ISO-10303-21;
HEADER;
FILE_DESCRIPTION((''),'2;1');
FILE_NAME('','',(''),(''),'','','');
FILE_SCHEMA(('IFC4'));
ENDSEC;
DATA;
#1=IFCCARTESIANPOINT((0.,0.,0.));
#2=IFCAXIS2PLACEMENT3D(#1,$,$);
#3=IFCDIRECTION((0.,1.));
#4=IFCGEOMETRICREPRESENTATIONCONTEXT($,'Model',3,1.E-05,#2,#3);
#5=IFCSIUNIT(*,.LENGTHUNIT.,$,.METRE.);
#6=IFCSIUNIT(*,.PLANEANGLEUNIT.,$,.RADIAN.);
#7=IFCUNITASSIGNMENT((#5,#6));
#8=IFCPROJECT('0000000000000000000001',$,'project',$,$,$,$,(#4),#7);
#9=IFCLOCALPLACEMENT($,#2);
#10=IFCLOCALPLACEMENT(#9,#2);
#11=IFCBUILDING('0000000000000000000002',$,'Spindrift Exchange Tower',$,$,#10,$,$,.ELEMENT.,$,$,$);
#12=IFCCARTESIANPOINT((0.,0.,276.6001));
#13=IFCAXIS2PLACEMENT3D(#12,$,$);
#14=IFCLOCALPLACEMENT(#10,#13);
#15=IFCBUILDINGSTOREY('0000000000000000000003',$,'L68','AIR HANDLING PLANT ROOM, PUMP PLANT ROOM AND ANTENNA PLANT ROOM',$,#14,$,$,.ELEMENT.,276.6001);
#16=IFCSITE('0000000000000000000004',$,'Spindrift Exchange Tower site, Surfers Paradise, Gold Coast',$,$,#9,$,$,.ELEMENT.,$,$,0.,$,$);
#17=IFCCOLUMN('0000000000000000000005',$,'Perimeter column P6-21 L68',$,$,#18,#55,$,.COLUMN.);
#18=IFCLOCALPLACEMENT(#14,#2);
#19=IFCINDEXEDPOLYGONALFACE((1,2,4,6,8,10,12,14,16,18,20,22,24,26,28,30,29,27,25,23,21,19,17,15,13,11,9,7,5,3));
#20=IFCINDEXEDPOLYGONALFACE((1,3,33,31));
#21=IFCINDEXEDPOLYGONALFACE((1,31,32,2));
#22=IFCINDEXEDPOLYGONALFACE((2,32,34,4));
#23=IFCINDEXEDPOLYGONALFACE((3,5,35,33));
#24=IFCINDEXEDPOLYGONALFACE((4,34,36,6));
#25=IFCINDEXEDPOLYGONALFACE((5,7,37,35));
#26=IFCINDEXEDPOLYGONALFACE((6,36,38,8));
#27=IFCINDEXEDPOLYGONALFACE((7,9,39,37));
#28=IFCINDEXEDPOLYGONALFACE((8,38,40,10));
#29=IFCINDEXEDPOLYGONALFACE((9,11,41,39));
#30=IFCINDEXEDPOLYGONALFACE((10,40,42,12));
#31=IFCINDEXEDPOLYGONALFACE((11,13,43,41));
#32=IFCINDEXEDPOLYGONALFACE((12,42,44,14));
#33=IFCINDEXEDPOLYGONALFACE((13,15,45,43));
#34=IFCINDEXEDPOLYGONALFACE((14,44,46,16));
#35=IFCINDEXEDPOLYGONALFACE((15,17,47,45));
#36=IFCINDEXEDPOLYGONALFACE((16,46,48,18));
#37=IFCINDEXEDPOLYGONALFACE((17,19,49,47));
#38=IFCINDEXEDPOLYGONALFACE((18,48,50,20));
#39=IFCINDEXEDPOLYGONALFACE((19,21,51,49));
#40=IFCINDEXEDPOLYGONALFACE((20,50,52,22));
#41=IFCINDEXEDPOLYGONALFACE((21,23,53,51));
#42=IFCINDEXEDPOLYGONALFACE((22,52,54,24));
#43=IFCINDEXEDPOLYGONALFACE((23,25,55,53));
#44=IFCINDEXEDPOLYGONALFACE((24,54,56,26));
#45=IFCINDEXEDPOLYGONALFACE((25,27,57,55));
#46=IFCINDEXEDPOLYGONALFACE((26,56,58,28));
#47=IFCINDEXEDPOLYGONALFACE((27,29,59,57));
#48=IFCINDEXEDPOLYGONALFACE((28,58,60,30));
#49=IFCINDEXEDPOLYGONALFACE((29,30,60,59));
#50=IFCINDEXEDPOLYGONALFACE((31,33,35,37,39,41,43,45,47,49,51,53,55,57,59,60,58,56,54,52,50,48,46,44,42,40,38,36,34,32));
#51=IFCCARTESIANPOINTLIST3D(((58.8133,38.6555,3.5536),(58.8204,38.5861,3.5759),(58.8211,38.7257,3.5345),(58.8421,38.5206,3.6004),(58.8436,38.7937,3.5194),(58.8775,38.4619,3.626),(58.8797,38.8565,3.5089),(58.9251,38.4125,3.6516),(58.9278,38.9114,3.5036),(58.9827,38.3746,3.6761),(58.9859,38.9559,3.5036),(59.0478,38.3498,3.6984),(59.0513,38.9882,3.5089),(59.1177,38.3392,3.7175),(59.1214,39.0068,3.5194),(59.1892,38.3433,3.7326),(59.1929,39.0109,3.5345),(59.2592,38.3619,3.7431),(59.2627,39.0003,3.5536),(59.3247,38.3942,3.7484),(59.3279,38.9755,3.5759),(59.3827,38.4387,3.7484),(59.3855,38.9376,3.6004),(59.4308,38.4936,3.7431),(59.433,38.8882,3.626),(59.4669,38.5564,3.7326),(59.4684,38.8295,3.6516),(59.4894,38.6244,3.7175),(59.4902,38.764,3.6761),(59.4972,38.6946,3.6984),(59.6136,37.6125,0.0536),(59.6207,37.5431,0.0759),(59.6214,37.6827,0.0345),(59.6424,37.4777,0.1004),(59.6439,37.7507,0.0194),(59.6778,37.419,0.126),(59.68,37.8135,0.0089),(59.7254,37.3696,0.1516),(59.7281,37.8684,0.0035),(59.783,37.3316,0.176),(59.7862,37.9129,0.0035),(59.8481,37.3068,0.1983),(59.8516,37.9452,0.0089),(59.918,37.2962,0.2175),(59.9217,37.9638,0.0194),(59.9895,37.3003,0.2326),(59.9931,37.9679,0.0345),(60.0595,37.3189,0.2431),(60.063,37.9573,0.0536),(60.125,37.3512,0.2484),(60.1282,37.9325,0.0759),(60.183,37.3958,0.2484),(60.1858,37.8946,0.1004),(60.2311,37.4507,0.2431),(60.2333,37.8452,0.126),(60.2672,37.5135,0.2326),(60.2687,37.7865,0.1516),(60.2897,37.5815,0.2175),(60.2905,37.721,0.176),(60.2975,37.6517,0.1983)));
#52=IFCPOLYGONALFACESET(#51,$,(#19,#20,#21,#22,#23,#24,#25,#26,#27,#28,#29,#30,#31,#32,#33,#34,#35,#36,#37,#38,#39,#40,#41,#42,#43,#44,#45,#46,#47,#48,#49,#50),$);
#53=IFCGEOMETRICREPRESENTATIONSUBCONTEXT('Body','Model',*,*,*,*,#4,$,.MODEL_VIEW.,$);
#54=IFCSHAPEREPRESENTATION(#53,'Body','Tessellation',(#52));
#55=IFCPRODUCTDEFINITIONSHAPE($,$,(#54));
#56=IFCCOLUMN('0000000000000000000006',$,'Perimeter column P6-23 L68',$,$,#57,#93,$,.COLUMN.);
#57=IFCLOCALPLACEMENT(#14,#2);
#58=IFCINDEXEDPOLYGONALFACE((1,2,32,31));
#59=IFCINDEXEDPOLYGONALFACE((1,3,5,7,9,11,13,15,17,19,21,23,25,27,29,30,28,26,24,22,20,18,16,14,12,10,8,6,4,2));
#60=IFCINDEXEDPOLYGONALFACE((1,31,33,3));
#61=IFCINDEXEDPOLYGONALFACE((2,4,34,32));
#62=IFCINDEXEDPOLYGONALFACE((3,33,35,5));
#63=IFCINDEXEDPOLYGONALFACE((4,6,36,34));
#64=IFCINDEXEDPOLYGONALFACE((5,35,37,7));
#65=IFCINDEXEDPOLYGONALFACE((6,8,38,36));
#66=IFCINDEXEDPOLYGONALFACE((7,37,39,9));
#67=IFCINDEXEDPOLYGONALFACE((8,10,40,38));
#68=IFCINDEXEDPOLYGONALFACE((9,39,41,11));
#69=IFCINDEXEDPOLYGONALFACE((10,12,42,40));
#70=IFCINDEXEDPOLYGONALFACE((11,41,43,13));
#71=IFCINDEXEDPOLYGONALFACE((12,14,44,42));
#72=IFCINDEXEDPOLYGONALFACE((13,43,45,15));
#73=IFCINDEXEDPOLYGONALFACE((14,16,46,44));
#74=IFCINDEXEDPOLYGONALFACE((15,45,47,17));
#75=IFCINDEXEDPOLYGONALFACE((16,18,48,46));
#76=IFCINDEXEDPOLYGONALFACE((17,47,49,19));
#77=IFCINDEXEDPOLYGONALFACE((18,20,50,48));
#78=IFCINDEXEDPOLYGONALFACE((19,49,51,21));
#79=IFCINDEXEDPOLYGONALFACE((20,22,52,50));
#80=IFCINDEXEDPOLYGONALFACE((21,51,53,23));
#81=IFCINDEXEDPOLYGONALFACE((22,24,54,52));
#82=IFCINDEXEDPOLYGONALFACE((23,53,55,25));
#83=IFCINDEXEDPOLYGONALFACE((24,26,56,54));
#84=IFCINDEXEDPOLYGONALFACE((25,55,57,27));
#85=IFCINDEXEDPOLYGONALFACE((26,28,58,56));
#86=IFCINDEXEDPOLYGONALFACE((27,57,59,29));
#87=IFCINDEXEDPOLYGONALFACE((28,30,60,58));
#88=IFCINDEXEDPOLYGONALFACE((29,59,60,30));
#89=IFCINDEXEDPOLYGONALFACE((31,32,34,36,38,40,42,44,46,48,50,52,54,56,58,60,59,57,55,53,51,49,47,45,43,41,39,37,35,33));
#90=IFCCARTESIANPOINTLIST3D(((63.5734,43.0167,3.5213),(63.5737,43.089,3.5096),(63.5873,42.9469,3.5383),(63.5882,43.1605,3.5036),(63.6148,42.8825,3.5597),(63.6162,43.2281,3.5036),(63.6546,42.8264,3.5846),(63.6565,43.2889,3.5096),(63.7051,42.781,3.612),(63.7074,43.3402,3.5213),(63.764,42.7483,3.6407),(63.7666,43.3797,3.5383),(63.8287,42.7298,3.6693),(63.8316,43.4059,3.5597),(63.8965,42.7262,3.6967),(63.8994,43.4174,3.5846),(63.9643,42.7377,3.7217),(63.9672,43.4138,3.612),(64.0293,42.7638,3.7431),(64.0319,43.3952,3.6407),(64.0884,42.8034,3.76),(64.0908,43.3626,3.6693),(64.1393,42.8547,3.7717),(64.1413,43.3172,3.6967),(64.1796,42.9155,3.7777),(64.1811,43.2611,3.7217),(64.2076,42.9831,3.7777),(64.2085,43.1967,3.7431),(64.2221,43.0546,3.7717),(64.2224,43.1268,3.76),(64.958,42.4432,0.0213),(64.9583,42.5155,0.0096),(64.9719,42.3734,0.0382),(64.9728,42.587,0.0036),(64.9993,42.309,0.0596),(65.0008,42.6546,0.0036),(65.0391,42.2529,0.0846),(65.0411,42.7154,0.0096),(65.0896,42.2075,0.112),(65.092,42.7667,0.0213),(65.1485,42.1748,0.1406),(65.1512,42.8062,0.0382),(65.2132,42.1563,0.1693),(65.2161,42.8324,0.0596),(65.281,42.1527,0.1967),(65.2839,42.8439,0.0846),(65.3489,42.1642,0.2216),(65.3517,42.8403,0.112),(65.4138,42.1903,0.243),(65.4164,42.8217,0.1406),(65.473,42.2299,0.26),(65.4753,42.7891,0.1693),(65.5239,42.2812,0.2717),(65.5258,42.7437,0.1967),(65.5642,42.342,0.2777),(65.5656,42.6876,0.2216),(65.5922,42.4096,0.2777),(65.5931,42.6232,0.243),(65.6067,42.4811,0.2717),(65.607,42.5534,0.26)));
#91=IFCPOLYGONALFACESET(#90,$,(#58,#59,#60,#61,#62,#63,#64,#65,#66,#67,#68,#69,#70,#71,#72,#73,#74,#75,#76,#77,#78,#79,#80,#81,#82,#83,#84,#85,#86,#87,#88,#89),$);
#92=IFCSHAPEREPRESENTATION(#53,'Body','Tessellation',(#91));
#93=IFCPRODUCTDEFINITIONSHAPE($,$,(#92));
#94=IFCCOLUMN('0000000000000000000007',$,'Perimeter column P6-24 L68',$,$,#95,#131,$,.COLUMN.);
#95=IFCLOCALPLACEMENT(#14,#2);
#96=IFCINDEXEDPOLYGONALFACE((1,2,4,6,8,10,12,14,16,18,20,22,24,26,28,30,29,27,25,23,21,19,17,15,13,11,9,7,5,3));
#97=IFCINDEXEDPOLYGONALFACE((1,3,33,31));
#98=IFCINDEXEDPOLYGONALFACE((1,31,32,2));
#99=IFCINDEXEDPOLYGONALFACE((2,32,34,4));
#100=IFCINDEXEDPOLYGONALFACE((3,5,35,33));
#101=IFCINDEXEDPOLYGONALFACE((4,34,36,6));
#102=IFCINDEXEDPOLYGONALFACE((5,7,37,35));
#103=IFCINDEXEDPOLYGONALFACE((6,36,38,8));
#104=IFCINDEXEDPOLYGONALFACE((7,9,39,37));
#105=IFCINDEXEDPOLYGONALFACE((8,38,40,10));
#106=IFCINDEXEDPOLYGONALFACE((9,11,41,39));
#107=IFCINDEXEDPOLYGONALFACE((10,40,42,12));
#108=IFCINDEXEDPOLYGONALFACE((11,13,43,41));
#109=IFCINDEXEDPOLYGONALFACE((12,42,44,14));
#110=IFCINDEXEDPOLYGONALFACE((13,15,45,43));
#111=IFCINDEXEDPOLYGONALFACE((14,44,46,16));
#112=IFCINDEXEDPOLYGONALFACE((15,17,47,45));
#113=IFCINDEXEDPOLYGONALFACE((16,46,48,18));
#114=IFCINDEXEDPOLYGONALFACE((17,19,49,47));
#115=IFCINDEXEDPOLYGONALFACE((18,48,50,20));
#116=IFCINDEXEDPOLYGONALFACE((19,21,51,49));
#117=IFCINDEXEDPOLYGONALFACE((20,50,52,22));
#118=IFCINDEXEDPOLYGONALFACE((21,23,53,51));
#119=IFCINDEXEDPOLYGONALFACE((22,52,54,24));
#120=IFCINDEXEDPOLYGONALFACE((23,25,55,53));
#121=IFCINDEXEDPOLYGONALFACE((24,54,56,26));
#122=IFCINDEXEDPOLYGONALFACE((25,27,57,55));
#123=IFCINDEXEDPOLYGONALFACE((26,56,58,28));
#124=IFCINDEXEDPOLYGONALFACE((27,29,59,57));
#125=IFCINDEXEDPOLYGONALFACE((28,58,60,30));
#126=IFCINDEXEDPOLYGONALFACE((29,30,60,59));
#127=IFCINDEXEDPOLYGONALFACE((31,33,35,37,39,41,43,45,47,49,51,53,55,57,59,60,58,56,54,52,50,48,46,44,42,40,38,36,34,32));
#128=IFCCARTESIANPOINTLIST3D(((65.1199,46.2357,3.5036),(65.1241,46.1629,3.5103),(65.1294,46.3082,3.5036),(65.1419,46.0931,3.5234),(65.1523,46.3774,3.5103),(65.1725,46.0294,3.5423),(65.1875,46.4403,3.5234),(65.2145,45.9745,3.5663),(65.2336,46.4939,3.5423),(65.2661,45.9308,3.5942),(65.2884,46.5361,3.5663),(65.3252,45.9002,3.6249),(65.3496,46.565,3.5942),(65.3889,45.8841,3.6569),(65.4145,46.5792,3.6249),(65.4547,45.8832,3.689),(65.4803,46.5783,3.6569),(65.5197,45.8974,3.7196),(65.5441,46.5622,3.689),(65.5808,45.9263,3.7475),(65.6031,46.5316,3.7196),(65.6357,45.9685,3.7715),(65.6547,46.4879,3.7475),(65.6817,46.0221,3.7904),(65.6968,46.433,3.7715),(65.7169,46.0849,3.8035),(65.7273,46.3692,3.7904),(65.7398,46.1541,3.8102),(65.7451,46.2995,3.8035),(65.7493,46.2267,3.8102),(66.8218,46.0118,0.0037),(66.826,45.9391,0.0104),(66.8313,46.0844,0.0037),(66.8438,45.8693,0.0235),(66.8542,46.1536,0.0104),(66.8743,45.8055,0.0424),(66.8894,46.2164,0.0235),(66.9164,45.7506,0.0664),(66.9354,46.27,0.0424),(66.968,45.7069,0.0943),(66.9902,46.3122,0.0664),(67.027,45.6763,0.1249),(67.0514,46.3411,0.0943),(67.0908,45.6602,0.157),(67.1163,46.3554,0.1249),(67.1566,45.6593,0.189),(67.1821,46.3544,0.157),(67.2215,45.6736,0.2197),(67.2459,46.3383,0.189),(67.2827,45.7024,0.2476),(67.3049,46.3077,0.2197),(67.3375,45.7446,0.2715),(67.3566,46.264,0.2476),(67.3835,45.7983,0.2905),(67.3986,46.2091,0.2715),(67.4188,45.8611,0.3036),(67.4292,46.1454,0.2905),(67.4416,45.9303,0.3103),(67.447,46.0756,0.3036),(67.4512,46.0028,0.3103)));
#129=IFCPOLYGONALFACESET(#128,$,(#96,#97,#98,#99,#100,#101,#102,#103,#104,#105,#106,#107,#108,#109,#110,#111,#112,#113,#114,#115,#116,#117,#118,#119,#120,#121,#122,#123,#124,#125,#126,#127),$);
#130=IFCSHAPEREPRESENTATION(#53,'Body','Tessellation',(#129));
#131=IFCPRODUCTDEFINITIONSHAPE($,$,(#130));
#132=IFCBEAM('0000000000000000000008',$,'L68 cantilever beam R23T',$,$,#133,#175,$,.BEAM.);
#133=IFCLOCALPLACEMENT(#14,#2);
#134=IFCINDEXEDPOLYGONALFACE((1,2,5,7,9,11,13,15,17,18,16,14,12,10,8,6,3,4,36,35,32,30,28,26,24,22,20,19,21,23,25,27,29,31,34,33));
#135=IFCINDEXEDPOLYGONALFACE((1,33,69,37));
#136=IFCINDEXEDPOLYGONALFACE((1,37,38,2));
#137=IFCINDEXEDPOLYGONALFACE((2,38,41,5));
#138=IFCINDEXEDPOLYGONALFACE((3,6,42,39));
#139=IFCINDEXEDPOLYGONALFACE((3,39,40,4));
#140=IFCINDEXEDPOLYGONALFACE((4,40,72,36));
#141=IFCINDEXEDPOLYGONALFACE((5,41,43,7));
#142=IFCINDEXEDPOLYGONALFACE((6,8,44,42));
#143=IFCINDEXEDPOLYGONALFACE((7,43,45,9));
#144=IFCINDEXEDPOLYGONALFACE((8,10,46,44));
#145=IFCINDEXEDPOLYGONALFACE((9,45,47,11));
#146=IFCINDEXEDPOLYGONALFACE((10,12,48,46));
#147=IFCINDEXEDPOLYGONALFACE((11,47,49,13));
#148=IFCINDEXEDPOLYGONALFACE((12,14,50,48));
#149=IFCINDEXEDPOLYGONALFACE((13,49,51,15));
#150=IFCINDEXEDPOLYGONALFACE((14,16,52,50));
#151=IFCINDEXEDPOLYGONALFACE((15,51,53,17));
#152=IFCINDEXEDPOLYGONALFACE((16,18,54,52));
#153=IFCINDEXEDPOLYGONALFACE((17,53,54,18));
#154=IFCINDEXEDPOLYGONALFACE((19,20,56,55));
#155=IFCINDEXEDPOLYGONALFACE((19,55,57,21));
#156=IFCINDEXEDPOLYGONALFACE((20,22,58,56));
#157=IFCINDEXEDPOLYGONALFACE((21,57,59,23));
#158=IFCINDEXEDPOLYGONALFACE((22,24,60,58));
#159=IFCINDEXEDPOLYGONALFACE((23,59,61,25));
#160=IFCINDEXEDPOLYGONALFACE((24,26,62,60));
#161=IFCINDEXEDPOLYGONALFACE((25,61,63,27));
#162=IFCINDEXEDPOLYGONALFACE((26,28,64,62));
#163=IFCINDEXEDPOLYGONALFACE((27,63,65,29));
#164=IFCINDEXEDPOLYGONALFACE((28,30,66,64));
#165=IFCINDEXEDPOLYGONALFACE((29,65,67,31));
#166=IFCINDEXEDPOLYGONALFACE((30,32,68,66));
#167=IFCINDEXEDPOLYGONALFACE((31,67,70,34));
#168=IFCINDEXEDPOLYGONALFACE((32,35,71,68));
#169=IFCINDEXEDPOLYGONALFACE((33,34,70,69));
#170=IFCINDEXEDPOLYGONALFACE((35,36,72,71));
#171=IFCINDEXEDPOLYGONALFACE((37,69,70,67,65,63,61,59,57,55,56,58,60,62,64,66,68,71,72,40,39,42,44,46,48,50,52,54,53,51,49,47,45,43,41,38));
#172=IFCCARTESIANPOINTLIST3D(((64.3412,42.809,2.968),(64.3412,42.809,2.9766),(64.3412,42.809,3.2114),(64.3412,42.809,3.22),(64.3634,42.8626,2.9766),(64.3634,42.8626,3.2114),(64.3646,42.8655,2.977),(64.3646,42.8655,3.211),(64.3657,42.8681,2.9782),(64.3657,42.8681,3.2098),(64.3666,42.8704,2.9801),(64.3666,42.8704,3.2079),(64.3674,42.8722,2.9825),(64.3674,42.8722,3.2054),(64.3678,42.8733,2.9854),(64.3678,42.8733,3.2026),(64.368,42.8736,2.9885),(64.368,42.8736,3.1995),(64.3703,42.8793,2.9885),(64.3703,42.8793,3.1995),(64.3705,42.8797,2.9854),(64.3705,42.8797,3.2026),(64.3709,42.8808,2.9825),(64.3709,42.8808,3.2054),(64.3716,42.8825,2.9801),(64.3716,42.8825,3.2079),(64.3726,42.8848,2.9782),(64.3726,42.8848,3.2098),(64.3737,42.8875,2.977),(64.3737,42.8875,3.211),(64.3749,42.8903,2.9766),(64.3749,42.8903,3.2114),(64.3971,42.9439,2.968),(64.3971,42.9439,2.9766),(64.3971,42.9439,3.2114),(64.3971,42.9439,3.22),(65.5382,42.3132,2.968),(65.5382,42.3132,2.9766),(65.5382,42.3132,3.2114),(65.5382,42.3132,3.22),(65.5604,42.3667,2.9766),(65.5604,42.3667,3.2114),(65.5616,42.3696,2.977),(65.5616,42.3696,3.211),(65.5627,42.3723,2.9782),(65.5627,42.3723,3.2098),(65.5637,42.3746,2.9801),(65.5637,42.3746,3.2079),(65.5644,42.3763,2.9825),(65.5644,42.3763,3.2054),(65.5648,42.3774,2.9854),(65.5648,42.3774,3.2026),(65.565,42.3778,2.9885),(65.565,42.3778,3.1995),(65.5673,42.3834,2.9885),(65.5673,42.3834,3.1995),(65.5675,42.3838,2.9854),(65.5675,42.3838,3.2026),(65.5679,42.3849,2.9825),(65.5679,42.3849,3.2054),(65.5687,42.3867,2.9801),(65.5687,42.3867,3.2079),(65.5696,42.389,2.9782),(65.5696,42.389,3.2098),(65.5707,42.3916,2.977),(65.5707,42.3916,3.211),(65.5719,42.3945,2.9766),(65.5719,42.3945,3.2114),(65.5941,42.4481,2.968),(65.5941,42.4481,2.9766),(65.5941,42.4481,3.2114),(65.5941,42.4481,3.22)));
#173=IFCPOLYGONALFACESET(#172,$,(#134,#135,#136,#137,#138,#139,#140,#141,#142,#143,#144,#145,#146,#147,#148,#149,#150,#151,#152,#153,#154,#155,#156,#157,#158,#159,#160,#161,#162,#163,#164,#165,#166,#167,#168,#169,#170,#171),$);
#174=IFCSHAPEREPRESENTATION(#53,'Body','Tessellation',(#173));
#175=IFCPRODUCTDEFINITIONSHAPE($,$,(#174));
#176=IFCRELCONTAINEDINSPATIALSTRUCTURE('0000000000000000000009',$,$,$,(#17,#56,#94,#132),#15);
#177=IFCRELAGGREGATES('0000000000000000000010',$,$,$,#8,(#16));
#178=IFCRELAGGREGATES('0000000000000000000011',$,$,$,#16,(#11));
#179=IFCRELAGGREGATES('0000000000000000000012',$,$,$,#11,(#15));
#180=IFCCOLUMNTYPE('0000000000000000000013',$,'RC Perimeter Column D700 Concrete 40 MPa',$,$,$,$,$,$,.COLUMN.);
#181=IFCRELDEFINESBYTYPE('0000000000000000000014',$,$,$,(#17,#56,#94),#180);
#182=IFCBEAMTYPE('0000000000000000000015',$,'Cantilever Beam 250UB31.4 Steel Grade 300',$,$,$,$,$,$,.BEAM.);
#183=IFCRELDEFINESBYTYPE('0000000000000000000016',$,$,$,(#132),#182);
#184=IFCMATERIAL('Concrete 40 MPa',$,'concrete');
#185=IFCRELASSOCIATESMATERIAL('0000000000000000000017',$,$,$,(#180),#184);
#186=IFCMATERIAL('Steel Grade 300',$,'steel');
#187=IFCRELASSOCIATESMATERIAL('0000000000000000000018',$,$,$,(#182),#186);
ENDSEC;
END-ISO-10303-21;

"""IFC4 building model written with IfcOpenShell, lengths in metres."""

from ifc_helpers import new_model, si_unit, direction, frame, origin, origin_2d, place, context, subcontext, project, spatial, circle, i_section, extrude, source, transform, mapped, material, material_profile, profile_set, type_object, element, save


model = new_model("IFC4")

# Units and contexts
model_context = context("Model", 3, precision=1e-05, world=origin(), true_north=direction((0.0, 1.0)))
body_context = subcontext(model_context, "Body", "Model", "MODEL_VIEW")
ifc_project = project(units=[si_unit("LENGTHUNIT", "METRE"), si_unit("PLANEANGLEUNIT", "RADIAN")], contexts=[model_context])

# Site, building, storey
site_placement = place(None, origin())
site = spatial("IfcSite", under=ifc_project, at=site_placement, Name="Spindrift Exchange Tower site, Surfers Paradise, Gold Coast", CompositionType="ELEMENT", RefElevation=0.0)
building_placement = place(site_placement, origin())
building = spatial("IfcBuilding", under=site, at=building_placement, Name="Spindrift Exchange Tower", CompositionType="ELEMENT")
storey_placement = place(building_placement, frame((0.0, 0.0, 276.6001)))
storey = spatial("IfcBuildingStorey", under=building, at=storey_placement, Name="L68", Description="AIR HANDLING PLANT ROOM, PUMP PLANT ROOM AND ANTENNA PLANT ROOM", CompositionType="ELEMENT", Elevation=276.6001)

# Columns
ifc_material_1 = material(Name="Concrete 40 MPa", Category="concrete")
ifc_material_profile_1 = material_profile(ifc_material_1, circle(Radius=0.3501, at=origin_2d()), Name="RC D700")
ifc_profile_set_1 = profile_set([ifc_material_profile_1], Name="Concrete 40 MPa")
column_type = type_object("IfcColumnType", Name="RC Perimeter Column D700 Concrete 40 MPa", PredefinedType="COLUMN", material=ifc_profile_set_1)
shared_shape_1 = source(origin(), body_context, "Body", "SweptSolid", [
    extrude(circle(Radius=0.3501, at=origin_2d()), origin(), (0.0, 0.0, 1.0), 3.7388),
])
column_1_placement = place(storey_placement, frame((59.9556, 37.6321, 0.126), z_axis=(-0.214054, 0.278962, 0.936142), x_axis=(-0.793355, -0.608759, 0.0)))
element("IfcColumn", 1, at=column_1_placement, inside=storey, type_object=column_type, Name="Perimeter column P6-21 L68", PredefinedType="COLUMN", context=body_context, shape_type="MappedRepresentation", body=[
    mapped(shared_shape_1, transform((0.0, 0.0, 0.0), scale=1.0)),
])
shared_shape_2 = source(origin(), body_context, "Body", "SweptSolid", [
    extrude(circle(Radius=0.3501, at=origin_2d()), origin(), (0.0, 0.0, 1.0), 3.8074),
])
column_2_placement = place(storey_placement, frame((65.2825, 42.4983, 0.1406), z_axis=(-0.363646, 0.150627, 0.919279), x_axis=(-0.382683, -0.92388, 0.0)))
element("IfcColumn", 2, at=column_2_placement, inside=storey, type_object=column_type, Name="Perimeter column P6-23 L68", PredefinedType="COLUMN", context=body_context, shape_type="MappedRepresentation", body=[
    mapped(shared_shape_2, transform((0.0, 0.0, 0.0), scale=1.0)),
])
shared_shape_3 = source(origin(), body_context, "Body", "SweptSolid", [
    extrude(circle(Radius=0.3501, at=origin_2d()), origin(), (0.0, 0.0, 1.0), 3.8982),
])
column_3_placement = place(storey_placement, frame((67.1365, 46.0073, 0.157), z_axis=(-0.436578, 0.05743, 0.897832), x_axis=(-0.130421, -0.991459, 0.0)))
element("IfcColumn", 3, at=column_3_placement, inside=storey, type_object=column_type, Name="Perimeter column P6-24 L68", PredefinedType="COLUMN", context=body_context, shape_type="MappedRepresentation", body=[
    mapped(shared_shape_3, transform((0.0, 0.0, 0.0), scale=1.0)),
])

# Beam
ifc_material_2 = material(Name="Steel Grade 300", Category="steel")
ifc_material_profile_2 = material_profile(ifc_material_2, i_section(OverallWidth=0.146, OverallDepth=0.252, WebThickness=0.0061, FlangeThickness=0.0085, FilletRadius=0.012, at=origin_2d()), Name="250UB31.4")
ifc_profile_set_2 = profile_set([ifc_material_profile_2], Name="Steel Grade 300")
beam_type_1 = type_object("IfcBeamType", Name="Cantilever Beam 250UB31.4 Steel Grade 300", PredefinedType="BEAM", material=ifc_profile_set_2)
shared_shape_4 = source(origin(), body_context, "Body", "SweptSolid", [
    extrude(i_section(OverallWidth=0.146, OverallDepth=0.252, WebThickness=0.0061, FlangeThickness=0.0085, FilletRadius=0.012, at=origin_2d()), origin(), (0.0, 0.0, 1.0), 1.2957),
])
beam_1_placement = place(storey_placement, frame((64.3691, 42.8765, 3.094), z_axis=(0.923872, -0.382701, 0.0), x_axis=(0.382701, 0.923872, 0.0)))
element("IfcBeam", 4, at=beam_1_placement, inside=storey, type_object=beam_type_1, Name="L68 cantilever beam R23T", PredefinedType="BEAM", context=body_context, shape_type="MappedRepresentation", body=[
    mapped(shared_shape_4, transform((0.0, 0.0, 0.0), scale=1.0)),
])

save(model, "model.ifc")
